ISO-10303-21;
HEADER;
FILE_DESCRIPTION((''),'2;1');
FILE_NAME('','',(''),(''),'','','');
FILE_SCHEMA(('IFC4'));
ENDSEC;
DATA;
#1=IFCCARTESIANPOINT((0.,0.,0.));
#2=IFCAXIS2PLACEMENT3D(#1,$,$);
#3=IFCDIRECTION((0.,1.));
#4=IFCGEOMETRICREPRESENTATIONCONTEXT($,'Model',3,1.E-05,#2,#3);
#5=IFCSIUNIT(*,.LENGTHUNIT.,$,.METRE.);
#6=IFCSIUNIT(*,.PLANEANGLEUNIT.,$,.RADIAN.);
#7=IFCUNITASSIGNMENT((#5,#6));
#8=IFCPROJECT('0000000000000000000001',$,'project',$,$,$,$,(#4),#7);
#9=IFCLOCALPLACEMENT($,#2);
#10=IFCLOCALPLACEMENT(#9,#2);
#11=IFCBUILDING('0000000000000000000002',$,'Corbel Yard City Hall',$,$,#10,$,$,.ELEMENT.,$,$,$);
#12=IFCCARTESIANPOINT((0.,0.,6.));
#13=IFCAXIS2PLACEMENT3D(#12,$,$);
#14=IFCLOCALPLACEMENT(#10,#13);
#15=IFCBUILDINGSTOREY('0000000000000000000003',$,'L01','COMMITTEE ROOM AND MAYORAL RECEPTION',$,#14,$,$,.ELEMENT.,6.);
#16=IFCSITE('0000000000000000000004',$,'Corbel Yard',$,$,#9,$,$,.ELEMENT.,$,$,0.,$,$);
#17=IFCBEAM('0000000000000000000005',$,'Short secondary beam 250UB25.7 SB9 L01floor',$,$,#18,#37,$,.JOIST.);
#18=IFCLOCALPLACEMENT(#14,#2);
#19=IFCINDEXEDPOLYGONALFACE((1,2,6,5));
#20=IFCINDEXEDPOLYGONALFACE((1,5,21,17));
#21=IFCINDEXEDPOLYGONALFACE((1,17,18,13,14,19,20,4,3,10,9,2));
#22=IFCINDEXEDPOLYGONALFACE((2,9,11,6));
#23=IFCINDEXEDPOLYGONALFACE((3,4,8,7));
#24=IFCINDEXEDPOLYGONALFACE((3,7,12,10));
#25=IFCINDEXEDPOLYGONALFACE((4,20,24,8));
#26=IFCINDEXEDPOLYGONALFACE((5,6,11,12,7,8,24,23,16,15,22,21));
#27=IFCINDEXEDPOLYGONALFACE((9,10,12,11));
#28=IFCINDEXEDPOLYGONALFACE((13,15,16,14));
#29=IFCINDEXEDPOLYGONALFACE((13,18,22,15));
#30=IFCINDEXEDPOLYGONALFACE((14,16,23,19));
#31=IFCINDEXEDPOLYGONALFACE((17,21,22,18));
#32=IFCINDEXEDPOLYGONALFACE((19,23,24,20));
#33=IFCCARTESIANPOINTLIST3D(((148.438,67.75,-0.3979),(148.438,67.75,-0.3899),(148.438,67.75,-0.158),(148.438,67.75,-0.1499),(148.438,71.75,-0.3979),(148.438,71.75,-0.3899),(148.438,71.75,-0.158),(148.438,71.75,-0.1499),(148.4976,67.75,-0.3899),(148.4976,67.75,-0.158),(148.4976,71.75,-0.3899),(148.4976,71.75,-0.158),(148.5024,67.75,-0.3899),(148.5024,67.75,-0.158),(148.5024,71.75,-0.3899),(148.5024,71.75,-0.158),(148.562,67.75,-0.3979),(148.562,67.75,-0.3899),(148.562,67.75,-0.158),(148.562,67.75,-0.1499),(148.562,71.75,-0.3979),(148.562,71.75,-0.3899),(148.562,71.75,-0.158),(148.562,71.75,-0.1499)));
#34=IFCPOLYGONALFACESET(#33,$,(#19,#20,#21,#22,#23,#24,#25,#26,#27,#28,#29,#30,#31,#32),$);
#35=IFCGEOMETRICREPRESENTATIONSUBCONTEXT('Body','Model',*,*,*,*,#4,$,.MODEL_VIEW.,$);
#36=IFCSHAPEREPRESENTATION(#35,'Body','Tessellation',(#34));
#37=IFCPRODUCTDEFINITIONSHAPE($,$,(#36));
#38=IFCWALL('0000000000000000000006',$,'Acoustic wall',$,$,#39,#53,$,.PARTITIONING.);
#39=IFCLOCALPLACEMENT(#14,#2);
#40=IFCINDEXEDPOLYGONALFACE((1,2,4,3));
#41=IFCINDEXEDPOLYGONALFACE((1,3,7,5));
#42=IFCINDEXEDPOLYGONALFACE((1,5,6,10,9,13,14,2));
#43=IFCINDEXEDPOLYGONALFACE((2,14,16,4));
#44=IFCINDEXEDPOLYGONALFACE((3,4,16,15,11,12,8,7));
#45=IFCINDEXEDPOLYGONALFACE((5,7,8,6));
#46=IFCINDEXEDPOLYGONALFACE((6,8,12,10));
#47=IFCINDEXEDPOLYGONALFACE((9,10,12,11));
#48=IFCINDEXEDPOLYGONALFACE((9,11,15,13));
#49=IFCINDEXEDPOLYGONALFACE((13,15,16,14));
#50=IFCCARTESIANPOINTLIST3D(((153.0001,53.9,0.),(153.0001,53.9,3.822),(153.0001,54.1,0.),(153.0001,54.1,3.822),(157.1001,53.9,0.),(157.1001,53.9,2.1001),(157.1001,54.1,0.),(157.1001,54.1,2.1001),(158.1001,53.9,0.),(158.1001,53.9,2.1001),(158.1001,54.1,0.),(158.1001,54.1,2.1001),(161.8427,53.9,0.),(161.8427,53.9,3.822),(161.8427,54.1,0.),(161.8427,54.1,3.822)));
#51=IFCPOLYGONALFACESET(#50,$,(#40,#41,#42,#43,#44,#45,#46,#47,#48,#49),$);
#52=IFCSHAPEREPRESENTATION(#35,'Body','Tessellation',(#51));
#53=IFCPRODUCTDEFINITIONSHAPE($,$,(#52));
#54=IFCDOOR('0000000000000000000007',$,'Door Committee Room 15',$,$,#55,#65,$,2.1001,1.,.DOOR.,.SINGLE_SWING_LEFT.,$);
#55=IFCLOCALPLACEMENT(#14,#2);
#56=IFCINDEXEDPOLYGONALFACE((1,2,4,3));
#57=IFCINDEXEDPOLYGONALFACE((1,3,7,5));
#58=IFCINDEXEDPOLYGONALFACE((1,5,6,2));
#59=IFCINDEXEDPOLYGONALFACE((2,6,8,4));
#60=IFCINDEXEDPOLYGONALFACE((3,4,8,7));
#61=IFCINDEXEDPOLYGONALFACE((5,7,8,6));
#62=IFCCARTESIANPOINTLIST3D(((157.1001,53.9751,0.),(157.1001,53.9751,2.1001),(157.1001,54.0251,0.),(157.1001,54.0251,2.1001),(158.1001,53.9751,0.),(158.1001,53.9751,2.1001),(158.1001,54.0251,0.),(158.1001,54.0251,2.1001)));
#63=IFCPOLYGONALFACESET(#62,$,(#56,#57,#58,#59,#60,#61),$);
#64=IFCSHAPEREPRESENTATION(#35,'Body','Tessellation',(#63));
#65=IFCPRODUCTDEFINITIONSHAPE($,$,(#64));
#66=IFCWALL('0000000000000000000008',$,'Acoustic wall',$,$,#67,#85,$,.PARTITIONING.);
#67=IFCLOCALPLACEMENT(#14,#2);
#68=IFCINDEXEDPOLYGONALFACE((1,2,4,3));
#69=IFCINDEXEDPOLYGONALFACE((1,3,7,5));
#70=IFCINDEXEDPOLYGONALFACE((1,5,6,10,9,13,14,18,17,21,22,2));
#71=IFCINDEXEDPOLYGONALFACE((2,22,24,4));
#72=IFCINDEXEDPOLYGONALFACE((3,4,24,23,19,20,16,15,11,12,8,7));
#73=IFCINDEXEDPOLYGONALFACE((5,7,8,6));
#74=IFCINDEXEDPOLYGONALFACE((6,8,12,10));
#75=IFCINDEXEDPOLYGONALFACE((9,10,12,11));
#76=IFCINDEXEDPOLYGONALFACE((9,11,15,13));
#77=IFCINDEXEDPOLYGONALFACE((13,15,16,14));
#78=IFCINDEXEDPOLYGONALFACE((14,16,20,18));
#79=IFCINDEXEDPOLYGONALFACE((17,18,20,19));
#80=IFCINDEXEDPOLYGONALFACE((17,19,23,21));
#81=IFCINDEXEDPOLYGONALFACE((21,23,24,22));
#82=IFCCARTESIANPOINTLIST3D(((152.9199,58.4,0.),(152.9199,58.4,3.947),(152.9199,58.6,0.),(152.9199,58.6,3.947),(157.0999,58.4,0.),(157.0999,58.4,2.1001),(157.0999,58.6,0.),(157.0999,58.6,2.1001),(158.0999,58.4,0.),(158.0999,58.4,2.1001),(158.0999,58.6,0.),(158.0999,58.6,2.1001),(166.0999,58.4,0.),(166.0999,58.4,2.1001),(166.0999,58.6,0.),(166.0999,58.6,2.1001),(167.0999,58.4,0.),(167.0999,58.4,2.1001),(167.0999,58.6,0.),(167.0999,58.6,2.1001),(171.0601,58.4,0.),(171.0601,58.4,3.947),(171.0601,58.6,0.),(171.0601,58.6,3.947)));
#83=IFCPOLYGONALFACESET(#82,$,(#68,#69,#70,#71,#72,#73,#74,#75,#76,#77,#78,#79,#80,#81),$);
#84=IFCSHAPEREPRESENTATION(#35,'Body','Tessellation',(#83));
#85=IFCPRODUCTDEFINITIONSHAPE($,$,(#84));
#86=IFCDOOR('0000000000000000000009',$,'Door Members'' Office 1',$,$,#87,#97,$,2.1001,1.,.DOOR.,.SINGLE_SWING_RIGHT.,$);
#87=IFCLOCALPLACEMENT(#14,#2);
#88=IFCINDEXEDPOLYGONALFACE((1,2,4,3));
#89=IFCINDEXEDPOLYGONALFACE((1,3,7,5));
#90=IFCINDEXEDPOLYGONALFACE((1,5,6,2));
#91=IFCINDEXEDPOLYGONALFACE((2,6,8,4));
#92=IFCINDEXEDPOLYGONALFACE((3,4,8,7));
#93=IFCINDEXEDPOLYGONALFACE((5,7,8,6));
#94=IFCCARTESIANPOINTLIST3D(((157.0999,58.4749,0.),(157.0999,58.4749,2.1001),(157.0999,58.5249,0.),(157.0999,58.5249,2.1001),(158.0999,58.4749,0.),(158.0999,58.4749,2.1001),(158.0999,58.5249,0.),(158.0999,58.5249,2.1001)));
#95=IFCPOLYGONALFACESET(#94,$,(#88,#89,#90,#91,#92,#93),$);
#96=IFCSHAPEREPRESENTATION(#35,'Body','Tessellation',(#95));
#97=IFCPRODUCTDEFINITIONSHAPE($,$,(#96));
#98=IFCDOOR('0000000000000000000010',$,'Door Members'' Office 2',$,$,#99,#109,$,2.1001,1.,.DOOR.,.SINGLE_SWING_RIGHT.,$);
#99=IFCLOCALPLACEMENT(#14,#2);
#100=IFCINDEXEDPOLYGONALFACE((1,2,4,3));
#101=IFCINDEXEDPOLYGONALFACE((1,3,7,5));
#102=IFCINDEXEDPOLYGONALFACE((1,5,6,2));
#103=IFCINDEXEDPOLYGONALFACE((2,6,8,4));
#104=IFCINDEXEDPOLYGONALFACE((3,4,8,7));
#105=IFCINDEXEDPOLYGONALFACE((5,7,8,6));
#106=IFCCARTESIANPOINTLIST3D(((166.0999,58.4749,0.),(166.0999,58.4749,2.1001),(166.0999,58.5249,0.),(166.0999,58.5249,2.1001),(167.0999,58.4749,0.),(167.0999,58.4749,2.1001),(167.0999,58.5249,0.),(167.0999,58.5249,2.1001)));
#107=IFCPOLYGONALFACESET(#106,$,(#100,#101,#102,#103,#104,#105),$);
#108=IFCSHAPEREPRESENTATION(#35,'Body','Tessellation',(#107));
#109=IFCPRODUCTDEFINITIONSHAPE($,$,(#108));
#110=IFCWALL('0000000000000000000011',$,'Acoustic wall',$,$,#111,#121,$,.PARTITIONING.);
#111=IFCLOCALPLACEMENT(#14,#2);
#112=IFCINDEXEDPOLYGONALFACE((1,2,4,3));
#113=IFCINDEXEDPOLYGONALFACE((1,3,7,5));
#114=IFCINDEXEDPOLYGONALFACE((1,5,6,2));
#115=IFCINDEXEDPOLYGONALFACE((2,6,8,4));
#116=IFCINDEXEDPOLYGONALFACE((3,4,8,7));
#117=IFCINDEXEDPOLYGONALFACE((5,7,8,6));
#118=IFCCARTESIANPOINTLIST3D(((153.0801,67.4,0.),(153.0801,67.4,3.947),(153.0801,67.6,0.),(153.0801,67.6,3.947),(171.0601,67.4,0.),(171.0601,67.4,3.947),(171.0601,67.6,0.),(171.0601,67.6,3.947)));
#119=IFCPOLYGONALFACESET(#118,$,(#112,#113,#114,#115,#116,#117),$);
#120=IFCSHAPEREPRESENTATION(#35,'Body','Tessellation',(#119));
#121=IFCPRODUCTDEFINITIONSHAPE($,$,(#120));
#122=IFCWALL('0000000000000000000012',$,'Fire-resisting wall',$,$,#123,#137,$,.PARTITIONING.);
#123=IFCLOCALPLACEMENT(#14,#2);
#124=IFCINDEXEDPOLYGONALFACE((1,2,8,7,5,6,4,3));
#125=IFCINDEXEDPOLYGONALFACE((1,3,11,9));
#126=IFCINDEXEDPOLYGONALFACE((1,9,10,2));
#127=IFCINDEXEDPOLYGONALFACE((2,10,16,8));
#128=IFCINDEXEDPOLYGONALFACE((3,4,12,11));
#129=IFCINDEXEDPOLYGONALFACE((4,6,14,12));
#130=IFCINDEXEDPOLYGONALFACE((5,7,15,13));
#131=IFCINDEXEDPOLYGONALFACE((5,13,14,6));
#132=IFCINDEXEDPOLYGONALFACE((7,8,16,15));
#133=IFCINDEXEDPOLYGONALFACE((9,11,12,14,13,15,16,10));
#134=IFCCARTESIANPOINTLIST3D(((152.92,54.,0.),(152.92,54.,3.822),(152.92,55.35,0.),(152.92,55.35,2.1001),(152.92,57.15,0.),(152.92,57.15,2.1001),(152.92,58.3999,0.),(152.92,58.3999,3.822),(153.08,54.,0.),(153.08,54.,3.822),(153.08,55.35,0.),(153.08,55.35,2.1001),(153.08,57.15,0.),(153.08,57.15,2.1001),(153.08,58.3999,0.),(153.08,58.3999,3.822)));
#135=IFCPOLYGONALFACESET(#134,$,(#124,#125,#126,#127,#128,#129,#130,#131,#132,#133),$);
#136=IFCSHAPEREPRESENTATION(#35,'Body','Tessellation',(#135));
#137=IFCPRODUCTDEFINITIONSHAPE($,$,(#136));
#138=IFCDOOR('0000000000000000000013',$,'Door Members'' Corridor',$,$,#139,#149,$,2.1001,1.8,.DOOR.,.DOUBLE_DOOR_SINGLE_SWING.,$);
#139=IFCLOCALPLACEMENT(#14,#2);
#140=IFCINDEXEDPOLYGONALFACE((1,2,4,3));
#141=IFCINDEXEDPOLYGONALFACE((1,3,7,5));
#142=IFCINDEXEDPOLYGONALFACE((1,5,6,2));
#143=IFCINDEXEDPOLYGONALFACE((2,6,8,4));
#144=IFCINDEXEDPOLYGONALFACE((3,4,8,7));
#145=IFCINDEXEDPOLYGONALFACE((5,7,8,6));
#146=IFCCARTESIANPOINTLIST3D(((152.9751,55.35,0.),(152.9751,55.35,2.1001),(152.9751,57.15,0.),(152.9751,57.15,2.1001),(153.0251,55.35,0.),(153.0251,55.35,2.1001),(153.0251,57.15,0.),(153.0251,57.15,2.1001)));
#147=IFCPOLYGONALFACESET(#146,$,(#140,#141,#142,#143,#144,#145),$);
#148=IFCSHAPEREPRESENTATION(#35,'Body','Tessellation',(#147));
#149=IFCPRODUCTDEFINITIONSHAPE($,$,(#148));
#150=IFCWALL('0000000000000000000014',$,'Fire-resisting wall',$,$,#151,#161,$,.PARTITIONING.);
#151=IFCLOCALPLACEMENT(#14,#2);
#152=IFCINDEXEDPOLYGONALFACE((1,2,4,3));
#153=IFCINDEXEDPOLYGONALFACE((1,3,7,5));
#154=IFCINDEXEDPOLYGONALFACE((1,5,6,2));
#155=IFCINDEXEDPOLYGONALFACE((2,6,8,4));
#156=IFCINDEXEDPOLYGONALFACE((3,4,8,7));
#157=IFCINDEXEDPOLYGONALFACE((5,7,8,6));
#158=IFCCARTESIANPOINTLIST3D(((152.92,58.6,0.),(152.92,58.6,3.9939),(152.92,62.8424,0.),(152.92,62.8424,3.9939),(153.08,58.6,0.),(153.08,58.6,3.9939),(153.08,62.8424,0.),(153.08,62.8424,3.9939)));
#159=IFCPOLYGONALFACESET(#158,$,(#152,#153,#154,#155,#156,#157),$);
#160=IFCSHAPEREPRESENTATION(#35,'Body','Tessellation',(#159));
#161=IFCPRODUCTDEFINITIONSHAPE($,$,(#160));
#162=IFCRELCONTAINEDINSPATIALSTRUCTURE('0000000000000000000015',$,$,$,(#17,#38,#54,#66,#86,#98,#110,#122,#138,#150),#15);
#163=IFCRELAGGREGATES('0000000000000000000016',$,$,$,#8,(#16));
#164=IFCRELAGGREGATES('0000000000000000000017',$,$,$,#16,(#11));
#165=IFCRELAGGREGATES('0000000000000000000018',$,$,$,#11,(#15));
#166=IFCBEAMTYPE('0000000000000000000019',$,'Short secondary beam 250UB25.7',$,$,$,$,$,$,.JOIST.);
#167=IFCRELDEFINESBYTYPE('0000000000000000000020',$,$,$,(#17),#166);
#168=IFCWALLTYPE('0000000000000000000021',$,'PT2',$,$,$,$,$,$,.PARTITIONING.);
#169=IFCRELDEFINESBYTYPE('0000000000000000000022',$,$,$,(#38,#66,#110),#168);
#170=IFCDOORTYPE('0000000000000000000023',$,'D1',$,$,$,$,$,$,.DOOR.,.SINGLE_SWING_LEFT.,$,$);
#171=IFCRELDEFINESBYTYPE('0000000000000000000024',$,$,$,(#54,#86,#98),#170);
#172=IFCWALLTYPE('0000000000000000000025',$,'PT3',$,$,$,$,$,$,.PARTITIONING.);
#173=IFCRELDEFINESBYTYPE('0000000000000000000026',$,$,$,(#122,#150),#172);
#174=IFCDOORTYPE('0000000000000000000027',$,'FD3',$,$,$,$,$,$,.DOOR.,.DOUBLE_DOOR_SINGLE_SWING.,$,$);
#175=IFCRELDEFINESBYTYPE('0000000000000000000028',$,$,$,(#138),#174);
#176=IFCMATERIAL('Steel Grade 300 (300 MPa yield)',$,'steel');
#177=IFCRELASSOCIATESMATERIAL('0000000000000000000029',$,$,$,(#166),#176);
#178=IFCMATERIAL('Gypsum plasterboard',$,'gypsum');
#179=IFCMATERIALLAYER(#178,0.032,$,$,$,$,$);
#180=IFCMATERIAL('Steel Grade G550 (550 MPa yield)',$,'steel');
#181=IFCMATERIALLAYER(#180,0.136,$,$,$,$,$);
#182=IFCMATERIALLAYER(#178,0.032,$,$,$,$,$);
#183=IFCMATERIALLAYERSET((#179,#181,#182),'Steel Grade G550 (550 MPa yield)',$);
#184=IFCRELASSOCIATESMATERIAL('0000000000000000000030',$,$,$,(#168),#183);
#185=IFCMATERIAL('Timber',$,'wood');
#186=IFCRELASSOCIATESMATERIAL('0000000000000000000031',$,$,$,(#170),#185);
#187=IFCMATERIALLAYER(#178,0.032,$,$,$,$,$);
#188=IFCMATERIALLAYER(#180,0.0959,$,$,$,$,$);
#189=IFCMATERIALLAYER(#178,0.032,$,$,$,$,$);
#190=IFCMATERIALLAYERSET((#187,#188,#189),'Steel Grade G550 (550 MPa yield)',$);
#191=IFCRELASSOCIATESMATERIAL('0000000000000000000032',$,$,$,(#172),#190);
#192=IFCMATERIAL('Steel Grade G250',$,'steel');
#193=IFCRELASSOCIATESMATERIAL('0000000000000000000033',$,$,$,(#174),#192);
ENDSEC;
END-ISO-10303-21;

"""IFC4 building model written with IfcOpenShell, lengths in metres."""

from ifc_helpers import new_model, si_unit, direction, frame, frame_2d, origin, origin_2d, place, context, subcontext, project, spatial, rectangle, i_section, extrude, material, layer, layer_set, material_profile, profile_set, type_object, element, fill, save


model = new_model("IFC4")

# Units and contexts
model_context = context("Model", 3, precision=1e-05, world=origin(), true_north=direction((0.0, 1.0)))
body_context = subcontext(model_context, "Body", "Model", "MODEL_VIEW")
ifc_project = project(units=[si_unit("LENGTHUNIT", "METRE"), si_unit("PLANEANGLEUNIT", "RADIAN")], contexts=[model_context])

# Site, building, storey
site_placement = place(None, origin())
site = spatial("IfcSite", under=ifc_project, at=site_placement, Name="Corbel Yard", CompositionType="ELEMENT", RefElevation=0.0)
building_placement = place(site_placement, origin())
building = spatial("IfcBuilding", under=site, at=building_placement, Name="Corbel Yard City Hall", CompositionType="ELEMENT")
storey_placement = place(building_placement, frame((0.0, 0.0, 6.0)))
storey = spatial("IfcBuildingStorey", under=building, at=storey_placement, Name="L01", Description="COMMITTEE ROOM AND MAYORAL RECEPTION", CompositionType="ELEMENT", Elevation=6.0)

# Shared definitions
ifc_material_1 = material(Name="Steel Grade 300 (300 MPa yield)", Category="steel")

# Beam
ifc_material_profile_1 = material_profile(ifc_material_1, i_section(OverallWidth=0.124, OverallDepth=0.248, WebThickness=0.0049, FlangeThickness=0.0081, at=origin_2d()), Name="250UB25.7")
ifc_profile_set_1 = profile_set([ifc_material_profile_1], Name="Steel Grade 300 (300 MPa yield)")
beam_type_1 = type_object("IfcBeamType", Name="Short secondary beam 250UB25.7", PredefinedType="JOIST", material=ifc_profile_set_1)
for number, where, z_axis, x_axis, name in (
    (1, (148.5, 67.75, -0.2739), (0.0, 1.0, 0.0), (-1.0, 0.0, 0.0), "Short secondary beam 250UB25.7 SB9 L01floor"),
):
    element("IfcBeam", number, at=place(storey_placement, frame(where, z_axis=z_axis, x_axis=x_axis)), inside=storey, type_object=beam_type_1, Name=name, PredefinedType="JOIST", context=body_context, shape_type="SweptSolid", body=[
        extrude(i_section(OverallWidth=0.124, OverallDepth=0.248, WebThickness=0.0049, FlangeThickness=0.0081, at=origin_2d()), origin(), (0.0, 0.0, 1.0), 4.0),
    ])

# Wall, opening, door
ifc_material_2 = material(Name="Gypsum plasterboard", Category="gypsum")
ifc_layer_1 = layer(ifc_material_2, 0.032)
ifc_material_3 = material(Name="Steel Grade G550 (550 MPa yield)", Category="steel")
ifc_layer_2 = layer(ifc_material_3, 0.136)
ifc_layer_3 = layer(ifc_material_2, 0.032)
ifc_layer_set_1 = layer_set([ifc_layer_1, ifc_layer_2, ifc_layer_3], Name="Steel Grade G550 (550 MPa yield)")
wall_type_1 = type_object("IfcWallType", Name="PT2", PredefinedType="PARTITIONING", material=ifc_layer_set_1)
wall_1_placement = place(storey_placement, frame((153.0, 54.0, 0.0), z_axis=(0.0, 0.0, 1.0), x_axis=(1.0, 0.0, 0.0)))
wall_1 = element("IfcWall", 2, at=wall_1_placement, inside=storey, type_object=wall_type_1, Name="Acoustic wall", PredefinedType="PARTITIONING", context=body_context, shape_type="SweptSolid", body=[
    extrude(rectangle(XDim=8.8425, YDim=0.2, at=frame_2d((4.4214, 0.0))), origin(), (0.0, 0.0, 1.0), 3.822),
])
opening_1_placement = place(wall_1_placement, frame((4.1001, 0.0, 0.0)))
opening_1 = element("IfcOpeningElement", 3, at=opening_1_placement, cuts=wall_1, PredefinedType="OPENING", context=body_context, shape_type="SweptSolid", body=[
    extrude(rectangle(XDim=1.0, YDim=2.1001, at=frame_2d((0.5, 1.05))), frame((0.0, 0.1099, 0.0), z_axis=(0.0, -1.0, 0.0), x_axis=(1.0, 0.0, 0.0)), (0.0, 0.0, 1.0), 0.22),
])
ifc_material_4 = material(Name="Timber", Category="wood")
door_type_1 = type_object("IfcDoorType", Name="D1", OperationType="SINGLE_SWING_LEFT", PredefinedType="DOOR", material=ifc_material_4)
door_1_placement = place(opening_1_placement, frame((1.0, 0.0, 0.0), z_axis=(0.0, 0.0, 1.0), x_axis=(-1.0, 0.0, 0.0)))
door_1 = element("IfcDoor", 4, at=door_1_placement, inside=storey, type_object=door_type_1, Name="Door Committee Room 15", OperationType="SINGLE_SWING_LEFT", OverallHeight=2.1001, OverallWidth=1.0, PredefinedType="DOOR", context=body_context, shape_type="SweptSolid", body=[
    extrude(rectangle(XDim=1.0, YDim=2.1001, at=frame_2d((0.5, 1.05))), frame((0.0, 0.0249, 0.0), z_axis=(0.0, -1.0, 0.0), x_axis=(1.0, 0.0, 0.0)), (0.0, 0.0, 1.0), 0.05),
])
fill(opening_1, door_1)

# Wall, openings, doors
wall_2_placement = place(storey_placement, frame((152.9199, 58.5, 0.0), z_axis=(0.0, 0.0, 1.0), x_axis=(1.0, 0.0, 0.0)))
wall_2 = element("IfcWall", 5, at=wall_2_placement, inside=storey, type_object=wall_type_1, Name="Acoustic wall", PredefinedType="PARTITIONING", context=body_context, shape_type="SweptSolid", body=[
    extrude(rectangle(XDim=18.1401, YDim=0.2, at=frame_2d((9.0701, 0.0))), origin(), (0.0, 0.0, 1.0), 3.947),
])
opening_2_placement = place(wall_2_placement, frame((4.1799, 0.0, 0.0)))
opening_2 = element("IfcOpeningElement", 6, at=opening_2_placement, cuts=wall_2, PredefinedType="OPENING", context=body_context, shape_type="SweptSolid", body=[
    extrude(rectangle(XDim=1.0, YDim=2.1001, at=frame_2d((0.5, 1.05))), frame((0.0, 0.1099, 0.0), z_axis=(0.0, -1.0, 0.0), x_axis=(1.0, 0.0, 0.0)), (0.0, 0.0, 1.0), 0.22),
])
opening_3_placement = place(wall_2_placement, frame((13.1799, 0.0, 0.0)))
opening_3 = element("IfcOpeningElement", 7, at=opening_3_placement, cuts=wall_2, PredefinedType="OPENING", context=body_context, shape_type="SweptSolid", body=[
    extrude(rectangle(XDim=1.0, YDim=2.1001, at=frame_2d((0.5, 1.05))), frame((0.0, 0.1099, 0.0), z_axis=(0.0, -1.0, 0.0), x_axis=(1.0, 0.0, 0.0)), (0.0, 0.0, 1.0), 0.22),
])
door_2_placement = place(opening_2_placement, origin())
door_2 = element("IfcDoor", 8, at=door_2_placement, inside=storey, type_object=door_type_1, Name="Door Members' Office 1", OperationType="SINGLE_SWING_RIGHT", OverallHeight=2.1001, OverallWidth=1.0, PredefinedType="DOOR", context=body_context, shape_type="SweptSolid", body=[
    extrude(rectangle(XDim=1.0, YDim=2.1001, at=frame_2d((0.5, 1.05))), frame((0.0, 0.0249, 0.0), z_axis=(0.0, -1.0, 0.0), x_axis=(1.0, 0.0, 0.0)), (0.0, 0.0, 1.0), 0.05),
])
fill(opening_2, door_2)
door_3_placement = place(opening_3_placement, origin())
door_3 = element("IfcDoor", 9, at=door_3_placement, inside=storey, type_object=door_type_1, Name="Door Members' Office 2", OperationType="SINGLE_SWING_RIGHT", OverallHeight=2.1001, OverallWidth=1.0, PredefinedType="DOOR", context=body_context, shape_type="SweptSolid", body=[
    extrude(rectangle(XDim=1.0, YDim=2.1001, at=frame_2d((0.5, 1.05))), frame((0.0, 0.0249, 0.0), z_axis=(0.0, -1.0, 0.0), x_axis=(1.0, 0.0, 0.0)), (0.0, 0.0, 1.0), 0.05),
])
fill(opening_3, door_3)

# Wall
wall_3_placement = place(storey_placement, frame((153.0801, 67.5, 0.0), z_axis=(0.0, 0.0, 1.0), x_axis=(1.0, 0.0, 0.0)))
element("IfcWall", 10, at=wall_3_placement, inside=storey, type_object=wall_type_1, Name="Acoustic wall", PredefinedType="PARTITIONING", context=body_context, shape_type="SweptSolid", body=[
    extrude(rectangle(XDim=17.98, YDim=0.2, at=frame_2d((8.99, 0.0))), origin(), (0.0, 0.0, 1.0), 3.947),
])

# Wall, opening, door
ifc_layer_4 = layer(ifc_material_2, 0.032)
ifc_layer_5 = layer(ifc_material_3, 0.0959)
ifc_layer_6 = layer(ifc_material_2, 0.032)
ifc_layer_set_2 = layer_set([ifc_layer_4, ifc_layer_5, ifc_layer_6], Name="Steel Grade G550 (550 MPa yield)")
wall_type_2 = type_object("IfcWallType", Name="PT3", PredefinedType="PARTITIONING", material=ifc_layer_set_2)
wall_4_placement = place(storey_placement, frame((153.0, 54.0, 0.0), z_axis=(0.0, 0.0, 1.0), x_axis=(0.0, 1.0, 0.0)))
wall_4 = element("IfcWall", 11, at=wall_4_placement, inside=storey, type_object=wall_type_2, Name="Fire-resisting wall", PredefinedType="PARTITIONING", context=body_context, shape_type="SweptSolid", body=[
    extrude(rectangle(XDim=4.3999, YDim=0.1599, at=frame_2d((2.2, 0.0))), origin(), (0.0, 0.0, 1.0), 3.822),
])
opening_4_placement = place(wall_4_placement, frame((1.3501, 0.0, 0.0)))
opening_4 = element("IfcOpeningElement", 12, at=opening_4_placement, cuts=wall_4, PredefinedType="OPENING", context=body_context, shape_type="SweptSolid", body=[
    extrude(rectangle(XDim=1.8, YDim=2.1001, at=frame_2d((0.8999, 1.05))), frame((0.0, 0.0898, 0.0), z_axis=(0.0, -1.0, 0.0), x_axis=(1.0, 0.0, 0.0)), (0.0, 0.0, 1.0), 0.1799),
])
ifc_material_5 = material(Name="Steel Grade G250", Category="steel")
door_type_2 = type_object("IfcDoorType", Name="FD3", OperationType="DOUBLE_DOOR_SINGLE_SWING", PredefinedType="DOOR", material=ifc_material_5)
door_4_placement = place(opening_4_placement, origin())
door_4 = element("IfcDoor", 13, at=door_4_placement, inside=storey, type_object=door_type_2, Name="Door Members' Corridor", OperationType="DOUBLE_DOOR_SINGLE_SWING", OverallHeight=2.1001, OverallWidth=1.8, PredefinedType="DOOR", context=body_context, shape_type="SweptSolid", body=[
    extrude(rectangle(XDim=1.8, YDim=2.1001, at=frame_2d((0.8999, 1.05))), frame((0.0, 0.0249, 0.0), z_axis=(0.0, -1.0, 0.0), x_axis=(1.0, 0.0, 0.0)), (0.0, 0.0, 1.0), 0.05),
])
fill(opening_4, door_4)

# Wall
wall_5_placement = place(storey_placement, frame((153.0, 58.6001, 0.0), z_axis=(0.0, 0.0, 1.0), x_axis=(0.0, 1.0, 0.0)))
element("IfcWall", 14, at=wall_5_placement, inside=storey, type_object=wall_type_2, Name="Fire-resisting wall", PredefinedType="PARTITIONING", context=body_context, shape_type="SweptSolid", body=[
    extrude(rectangle(XDim=4.2424, YDim=0.1599, at=frame_2d((2.1211, 0.0))), origin(), (0.0, 0.0, 1.0), 3.9939),
])

save(model, "model.ifc")
